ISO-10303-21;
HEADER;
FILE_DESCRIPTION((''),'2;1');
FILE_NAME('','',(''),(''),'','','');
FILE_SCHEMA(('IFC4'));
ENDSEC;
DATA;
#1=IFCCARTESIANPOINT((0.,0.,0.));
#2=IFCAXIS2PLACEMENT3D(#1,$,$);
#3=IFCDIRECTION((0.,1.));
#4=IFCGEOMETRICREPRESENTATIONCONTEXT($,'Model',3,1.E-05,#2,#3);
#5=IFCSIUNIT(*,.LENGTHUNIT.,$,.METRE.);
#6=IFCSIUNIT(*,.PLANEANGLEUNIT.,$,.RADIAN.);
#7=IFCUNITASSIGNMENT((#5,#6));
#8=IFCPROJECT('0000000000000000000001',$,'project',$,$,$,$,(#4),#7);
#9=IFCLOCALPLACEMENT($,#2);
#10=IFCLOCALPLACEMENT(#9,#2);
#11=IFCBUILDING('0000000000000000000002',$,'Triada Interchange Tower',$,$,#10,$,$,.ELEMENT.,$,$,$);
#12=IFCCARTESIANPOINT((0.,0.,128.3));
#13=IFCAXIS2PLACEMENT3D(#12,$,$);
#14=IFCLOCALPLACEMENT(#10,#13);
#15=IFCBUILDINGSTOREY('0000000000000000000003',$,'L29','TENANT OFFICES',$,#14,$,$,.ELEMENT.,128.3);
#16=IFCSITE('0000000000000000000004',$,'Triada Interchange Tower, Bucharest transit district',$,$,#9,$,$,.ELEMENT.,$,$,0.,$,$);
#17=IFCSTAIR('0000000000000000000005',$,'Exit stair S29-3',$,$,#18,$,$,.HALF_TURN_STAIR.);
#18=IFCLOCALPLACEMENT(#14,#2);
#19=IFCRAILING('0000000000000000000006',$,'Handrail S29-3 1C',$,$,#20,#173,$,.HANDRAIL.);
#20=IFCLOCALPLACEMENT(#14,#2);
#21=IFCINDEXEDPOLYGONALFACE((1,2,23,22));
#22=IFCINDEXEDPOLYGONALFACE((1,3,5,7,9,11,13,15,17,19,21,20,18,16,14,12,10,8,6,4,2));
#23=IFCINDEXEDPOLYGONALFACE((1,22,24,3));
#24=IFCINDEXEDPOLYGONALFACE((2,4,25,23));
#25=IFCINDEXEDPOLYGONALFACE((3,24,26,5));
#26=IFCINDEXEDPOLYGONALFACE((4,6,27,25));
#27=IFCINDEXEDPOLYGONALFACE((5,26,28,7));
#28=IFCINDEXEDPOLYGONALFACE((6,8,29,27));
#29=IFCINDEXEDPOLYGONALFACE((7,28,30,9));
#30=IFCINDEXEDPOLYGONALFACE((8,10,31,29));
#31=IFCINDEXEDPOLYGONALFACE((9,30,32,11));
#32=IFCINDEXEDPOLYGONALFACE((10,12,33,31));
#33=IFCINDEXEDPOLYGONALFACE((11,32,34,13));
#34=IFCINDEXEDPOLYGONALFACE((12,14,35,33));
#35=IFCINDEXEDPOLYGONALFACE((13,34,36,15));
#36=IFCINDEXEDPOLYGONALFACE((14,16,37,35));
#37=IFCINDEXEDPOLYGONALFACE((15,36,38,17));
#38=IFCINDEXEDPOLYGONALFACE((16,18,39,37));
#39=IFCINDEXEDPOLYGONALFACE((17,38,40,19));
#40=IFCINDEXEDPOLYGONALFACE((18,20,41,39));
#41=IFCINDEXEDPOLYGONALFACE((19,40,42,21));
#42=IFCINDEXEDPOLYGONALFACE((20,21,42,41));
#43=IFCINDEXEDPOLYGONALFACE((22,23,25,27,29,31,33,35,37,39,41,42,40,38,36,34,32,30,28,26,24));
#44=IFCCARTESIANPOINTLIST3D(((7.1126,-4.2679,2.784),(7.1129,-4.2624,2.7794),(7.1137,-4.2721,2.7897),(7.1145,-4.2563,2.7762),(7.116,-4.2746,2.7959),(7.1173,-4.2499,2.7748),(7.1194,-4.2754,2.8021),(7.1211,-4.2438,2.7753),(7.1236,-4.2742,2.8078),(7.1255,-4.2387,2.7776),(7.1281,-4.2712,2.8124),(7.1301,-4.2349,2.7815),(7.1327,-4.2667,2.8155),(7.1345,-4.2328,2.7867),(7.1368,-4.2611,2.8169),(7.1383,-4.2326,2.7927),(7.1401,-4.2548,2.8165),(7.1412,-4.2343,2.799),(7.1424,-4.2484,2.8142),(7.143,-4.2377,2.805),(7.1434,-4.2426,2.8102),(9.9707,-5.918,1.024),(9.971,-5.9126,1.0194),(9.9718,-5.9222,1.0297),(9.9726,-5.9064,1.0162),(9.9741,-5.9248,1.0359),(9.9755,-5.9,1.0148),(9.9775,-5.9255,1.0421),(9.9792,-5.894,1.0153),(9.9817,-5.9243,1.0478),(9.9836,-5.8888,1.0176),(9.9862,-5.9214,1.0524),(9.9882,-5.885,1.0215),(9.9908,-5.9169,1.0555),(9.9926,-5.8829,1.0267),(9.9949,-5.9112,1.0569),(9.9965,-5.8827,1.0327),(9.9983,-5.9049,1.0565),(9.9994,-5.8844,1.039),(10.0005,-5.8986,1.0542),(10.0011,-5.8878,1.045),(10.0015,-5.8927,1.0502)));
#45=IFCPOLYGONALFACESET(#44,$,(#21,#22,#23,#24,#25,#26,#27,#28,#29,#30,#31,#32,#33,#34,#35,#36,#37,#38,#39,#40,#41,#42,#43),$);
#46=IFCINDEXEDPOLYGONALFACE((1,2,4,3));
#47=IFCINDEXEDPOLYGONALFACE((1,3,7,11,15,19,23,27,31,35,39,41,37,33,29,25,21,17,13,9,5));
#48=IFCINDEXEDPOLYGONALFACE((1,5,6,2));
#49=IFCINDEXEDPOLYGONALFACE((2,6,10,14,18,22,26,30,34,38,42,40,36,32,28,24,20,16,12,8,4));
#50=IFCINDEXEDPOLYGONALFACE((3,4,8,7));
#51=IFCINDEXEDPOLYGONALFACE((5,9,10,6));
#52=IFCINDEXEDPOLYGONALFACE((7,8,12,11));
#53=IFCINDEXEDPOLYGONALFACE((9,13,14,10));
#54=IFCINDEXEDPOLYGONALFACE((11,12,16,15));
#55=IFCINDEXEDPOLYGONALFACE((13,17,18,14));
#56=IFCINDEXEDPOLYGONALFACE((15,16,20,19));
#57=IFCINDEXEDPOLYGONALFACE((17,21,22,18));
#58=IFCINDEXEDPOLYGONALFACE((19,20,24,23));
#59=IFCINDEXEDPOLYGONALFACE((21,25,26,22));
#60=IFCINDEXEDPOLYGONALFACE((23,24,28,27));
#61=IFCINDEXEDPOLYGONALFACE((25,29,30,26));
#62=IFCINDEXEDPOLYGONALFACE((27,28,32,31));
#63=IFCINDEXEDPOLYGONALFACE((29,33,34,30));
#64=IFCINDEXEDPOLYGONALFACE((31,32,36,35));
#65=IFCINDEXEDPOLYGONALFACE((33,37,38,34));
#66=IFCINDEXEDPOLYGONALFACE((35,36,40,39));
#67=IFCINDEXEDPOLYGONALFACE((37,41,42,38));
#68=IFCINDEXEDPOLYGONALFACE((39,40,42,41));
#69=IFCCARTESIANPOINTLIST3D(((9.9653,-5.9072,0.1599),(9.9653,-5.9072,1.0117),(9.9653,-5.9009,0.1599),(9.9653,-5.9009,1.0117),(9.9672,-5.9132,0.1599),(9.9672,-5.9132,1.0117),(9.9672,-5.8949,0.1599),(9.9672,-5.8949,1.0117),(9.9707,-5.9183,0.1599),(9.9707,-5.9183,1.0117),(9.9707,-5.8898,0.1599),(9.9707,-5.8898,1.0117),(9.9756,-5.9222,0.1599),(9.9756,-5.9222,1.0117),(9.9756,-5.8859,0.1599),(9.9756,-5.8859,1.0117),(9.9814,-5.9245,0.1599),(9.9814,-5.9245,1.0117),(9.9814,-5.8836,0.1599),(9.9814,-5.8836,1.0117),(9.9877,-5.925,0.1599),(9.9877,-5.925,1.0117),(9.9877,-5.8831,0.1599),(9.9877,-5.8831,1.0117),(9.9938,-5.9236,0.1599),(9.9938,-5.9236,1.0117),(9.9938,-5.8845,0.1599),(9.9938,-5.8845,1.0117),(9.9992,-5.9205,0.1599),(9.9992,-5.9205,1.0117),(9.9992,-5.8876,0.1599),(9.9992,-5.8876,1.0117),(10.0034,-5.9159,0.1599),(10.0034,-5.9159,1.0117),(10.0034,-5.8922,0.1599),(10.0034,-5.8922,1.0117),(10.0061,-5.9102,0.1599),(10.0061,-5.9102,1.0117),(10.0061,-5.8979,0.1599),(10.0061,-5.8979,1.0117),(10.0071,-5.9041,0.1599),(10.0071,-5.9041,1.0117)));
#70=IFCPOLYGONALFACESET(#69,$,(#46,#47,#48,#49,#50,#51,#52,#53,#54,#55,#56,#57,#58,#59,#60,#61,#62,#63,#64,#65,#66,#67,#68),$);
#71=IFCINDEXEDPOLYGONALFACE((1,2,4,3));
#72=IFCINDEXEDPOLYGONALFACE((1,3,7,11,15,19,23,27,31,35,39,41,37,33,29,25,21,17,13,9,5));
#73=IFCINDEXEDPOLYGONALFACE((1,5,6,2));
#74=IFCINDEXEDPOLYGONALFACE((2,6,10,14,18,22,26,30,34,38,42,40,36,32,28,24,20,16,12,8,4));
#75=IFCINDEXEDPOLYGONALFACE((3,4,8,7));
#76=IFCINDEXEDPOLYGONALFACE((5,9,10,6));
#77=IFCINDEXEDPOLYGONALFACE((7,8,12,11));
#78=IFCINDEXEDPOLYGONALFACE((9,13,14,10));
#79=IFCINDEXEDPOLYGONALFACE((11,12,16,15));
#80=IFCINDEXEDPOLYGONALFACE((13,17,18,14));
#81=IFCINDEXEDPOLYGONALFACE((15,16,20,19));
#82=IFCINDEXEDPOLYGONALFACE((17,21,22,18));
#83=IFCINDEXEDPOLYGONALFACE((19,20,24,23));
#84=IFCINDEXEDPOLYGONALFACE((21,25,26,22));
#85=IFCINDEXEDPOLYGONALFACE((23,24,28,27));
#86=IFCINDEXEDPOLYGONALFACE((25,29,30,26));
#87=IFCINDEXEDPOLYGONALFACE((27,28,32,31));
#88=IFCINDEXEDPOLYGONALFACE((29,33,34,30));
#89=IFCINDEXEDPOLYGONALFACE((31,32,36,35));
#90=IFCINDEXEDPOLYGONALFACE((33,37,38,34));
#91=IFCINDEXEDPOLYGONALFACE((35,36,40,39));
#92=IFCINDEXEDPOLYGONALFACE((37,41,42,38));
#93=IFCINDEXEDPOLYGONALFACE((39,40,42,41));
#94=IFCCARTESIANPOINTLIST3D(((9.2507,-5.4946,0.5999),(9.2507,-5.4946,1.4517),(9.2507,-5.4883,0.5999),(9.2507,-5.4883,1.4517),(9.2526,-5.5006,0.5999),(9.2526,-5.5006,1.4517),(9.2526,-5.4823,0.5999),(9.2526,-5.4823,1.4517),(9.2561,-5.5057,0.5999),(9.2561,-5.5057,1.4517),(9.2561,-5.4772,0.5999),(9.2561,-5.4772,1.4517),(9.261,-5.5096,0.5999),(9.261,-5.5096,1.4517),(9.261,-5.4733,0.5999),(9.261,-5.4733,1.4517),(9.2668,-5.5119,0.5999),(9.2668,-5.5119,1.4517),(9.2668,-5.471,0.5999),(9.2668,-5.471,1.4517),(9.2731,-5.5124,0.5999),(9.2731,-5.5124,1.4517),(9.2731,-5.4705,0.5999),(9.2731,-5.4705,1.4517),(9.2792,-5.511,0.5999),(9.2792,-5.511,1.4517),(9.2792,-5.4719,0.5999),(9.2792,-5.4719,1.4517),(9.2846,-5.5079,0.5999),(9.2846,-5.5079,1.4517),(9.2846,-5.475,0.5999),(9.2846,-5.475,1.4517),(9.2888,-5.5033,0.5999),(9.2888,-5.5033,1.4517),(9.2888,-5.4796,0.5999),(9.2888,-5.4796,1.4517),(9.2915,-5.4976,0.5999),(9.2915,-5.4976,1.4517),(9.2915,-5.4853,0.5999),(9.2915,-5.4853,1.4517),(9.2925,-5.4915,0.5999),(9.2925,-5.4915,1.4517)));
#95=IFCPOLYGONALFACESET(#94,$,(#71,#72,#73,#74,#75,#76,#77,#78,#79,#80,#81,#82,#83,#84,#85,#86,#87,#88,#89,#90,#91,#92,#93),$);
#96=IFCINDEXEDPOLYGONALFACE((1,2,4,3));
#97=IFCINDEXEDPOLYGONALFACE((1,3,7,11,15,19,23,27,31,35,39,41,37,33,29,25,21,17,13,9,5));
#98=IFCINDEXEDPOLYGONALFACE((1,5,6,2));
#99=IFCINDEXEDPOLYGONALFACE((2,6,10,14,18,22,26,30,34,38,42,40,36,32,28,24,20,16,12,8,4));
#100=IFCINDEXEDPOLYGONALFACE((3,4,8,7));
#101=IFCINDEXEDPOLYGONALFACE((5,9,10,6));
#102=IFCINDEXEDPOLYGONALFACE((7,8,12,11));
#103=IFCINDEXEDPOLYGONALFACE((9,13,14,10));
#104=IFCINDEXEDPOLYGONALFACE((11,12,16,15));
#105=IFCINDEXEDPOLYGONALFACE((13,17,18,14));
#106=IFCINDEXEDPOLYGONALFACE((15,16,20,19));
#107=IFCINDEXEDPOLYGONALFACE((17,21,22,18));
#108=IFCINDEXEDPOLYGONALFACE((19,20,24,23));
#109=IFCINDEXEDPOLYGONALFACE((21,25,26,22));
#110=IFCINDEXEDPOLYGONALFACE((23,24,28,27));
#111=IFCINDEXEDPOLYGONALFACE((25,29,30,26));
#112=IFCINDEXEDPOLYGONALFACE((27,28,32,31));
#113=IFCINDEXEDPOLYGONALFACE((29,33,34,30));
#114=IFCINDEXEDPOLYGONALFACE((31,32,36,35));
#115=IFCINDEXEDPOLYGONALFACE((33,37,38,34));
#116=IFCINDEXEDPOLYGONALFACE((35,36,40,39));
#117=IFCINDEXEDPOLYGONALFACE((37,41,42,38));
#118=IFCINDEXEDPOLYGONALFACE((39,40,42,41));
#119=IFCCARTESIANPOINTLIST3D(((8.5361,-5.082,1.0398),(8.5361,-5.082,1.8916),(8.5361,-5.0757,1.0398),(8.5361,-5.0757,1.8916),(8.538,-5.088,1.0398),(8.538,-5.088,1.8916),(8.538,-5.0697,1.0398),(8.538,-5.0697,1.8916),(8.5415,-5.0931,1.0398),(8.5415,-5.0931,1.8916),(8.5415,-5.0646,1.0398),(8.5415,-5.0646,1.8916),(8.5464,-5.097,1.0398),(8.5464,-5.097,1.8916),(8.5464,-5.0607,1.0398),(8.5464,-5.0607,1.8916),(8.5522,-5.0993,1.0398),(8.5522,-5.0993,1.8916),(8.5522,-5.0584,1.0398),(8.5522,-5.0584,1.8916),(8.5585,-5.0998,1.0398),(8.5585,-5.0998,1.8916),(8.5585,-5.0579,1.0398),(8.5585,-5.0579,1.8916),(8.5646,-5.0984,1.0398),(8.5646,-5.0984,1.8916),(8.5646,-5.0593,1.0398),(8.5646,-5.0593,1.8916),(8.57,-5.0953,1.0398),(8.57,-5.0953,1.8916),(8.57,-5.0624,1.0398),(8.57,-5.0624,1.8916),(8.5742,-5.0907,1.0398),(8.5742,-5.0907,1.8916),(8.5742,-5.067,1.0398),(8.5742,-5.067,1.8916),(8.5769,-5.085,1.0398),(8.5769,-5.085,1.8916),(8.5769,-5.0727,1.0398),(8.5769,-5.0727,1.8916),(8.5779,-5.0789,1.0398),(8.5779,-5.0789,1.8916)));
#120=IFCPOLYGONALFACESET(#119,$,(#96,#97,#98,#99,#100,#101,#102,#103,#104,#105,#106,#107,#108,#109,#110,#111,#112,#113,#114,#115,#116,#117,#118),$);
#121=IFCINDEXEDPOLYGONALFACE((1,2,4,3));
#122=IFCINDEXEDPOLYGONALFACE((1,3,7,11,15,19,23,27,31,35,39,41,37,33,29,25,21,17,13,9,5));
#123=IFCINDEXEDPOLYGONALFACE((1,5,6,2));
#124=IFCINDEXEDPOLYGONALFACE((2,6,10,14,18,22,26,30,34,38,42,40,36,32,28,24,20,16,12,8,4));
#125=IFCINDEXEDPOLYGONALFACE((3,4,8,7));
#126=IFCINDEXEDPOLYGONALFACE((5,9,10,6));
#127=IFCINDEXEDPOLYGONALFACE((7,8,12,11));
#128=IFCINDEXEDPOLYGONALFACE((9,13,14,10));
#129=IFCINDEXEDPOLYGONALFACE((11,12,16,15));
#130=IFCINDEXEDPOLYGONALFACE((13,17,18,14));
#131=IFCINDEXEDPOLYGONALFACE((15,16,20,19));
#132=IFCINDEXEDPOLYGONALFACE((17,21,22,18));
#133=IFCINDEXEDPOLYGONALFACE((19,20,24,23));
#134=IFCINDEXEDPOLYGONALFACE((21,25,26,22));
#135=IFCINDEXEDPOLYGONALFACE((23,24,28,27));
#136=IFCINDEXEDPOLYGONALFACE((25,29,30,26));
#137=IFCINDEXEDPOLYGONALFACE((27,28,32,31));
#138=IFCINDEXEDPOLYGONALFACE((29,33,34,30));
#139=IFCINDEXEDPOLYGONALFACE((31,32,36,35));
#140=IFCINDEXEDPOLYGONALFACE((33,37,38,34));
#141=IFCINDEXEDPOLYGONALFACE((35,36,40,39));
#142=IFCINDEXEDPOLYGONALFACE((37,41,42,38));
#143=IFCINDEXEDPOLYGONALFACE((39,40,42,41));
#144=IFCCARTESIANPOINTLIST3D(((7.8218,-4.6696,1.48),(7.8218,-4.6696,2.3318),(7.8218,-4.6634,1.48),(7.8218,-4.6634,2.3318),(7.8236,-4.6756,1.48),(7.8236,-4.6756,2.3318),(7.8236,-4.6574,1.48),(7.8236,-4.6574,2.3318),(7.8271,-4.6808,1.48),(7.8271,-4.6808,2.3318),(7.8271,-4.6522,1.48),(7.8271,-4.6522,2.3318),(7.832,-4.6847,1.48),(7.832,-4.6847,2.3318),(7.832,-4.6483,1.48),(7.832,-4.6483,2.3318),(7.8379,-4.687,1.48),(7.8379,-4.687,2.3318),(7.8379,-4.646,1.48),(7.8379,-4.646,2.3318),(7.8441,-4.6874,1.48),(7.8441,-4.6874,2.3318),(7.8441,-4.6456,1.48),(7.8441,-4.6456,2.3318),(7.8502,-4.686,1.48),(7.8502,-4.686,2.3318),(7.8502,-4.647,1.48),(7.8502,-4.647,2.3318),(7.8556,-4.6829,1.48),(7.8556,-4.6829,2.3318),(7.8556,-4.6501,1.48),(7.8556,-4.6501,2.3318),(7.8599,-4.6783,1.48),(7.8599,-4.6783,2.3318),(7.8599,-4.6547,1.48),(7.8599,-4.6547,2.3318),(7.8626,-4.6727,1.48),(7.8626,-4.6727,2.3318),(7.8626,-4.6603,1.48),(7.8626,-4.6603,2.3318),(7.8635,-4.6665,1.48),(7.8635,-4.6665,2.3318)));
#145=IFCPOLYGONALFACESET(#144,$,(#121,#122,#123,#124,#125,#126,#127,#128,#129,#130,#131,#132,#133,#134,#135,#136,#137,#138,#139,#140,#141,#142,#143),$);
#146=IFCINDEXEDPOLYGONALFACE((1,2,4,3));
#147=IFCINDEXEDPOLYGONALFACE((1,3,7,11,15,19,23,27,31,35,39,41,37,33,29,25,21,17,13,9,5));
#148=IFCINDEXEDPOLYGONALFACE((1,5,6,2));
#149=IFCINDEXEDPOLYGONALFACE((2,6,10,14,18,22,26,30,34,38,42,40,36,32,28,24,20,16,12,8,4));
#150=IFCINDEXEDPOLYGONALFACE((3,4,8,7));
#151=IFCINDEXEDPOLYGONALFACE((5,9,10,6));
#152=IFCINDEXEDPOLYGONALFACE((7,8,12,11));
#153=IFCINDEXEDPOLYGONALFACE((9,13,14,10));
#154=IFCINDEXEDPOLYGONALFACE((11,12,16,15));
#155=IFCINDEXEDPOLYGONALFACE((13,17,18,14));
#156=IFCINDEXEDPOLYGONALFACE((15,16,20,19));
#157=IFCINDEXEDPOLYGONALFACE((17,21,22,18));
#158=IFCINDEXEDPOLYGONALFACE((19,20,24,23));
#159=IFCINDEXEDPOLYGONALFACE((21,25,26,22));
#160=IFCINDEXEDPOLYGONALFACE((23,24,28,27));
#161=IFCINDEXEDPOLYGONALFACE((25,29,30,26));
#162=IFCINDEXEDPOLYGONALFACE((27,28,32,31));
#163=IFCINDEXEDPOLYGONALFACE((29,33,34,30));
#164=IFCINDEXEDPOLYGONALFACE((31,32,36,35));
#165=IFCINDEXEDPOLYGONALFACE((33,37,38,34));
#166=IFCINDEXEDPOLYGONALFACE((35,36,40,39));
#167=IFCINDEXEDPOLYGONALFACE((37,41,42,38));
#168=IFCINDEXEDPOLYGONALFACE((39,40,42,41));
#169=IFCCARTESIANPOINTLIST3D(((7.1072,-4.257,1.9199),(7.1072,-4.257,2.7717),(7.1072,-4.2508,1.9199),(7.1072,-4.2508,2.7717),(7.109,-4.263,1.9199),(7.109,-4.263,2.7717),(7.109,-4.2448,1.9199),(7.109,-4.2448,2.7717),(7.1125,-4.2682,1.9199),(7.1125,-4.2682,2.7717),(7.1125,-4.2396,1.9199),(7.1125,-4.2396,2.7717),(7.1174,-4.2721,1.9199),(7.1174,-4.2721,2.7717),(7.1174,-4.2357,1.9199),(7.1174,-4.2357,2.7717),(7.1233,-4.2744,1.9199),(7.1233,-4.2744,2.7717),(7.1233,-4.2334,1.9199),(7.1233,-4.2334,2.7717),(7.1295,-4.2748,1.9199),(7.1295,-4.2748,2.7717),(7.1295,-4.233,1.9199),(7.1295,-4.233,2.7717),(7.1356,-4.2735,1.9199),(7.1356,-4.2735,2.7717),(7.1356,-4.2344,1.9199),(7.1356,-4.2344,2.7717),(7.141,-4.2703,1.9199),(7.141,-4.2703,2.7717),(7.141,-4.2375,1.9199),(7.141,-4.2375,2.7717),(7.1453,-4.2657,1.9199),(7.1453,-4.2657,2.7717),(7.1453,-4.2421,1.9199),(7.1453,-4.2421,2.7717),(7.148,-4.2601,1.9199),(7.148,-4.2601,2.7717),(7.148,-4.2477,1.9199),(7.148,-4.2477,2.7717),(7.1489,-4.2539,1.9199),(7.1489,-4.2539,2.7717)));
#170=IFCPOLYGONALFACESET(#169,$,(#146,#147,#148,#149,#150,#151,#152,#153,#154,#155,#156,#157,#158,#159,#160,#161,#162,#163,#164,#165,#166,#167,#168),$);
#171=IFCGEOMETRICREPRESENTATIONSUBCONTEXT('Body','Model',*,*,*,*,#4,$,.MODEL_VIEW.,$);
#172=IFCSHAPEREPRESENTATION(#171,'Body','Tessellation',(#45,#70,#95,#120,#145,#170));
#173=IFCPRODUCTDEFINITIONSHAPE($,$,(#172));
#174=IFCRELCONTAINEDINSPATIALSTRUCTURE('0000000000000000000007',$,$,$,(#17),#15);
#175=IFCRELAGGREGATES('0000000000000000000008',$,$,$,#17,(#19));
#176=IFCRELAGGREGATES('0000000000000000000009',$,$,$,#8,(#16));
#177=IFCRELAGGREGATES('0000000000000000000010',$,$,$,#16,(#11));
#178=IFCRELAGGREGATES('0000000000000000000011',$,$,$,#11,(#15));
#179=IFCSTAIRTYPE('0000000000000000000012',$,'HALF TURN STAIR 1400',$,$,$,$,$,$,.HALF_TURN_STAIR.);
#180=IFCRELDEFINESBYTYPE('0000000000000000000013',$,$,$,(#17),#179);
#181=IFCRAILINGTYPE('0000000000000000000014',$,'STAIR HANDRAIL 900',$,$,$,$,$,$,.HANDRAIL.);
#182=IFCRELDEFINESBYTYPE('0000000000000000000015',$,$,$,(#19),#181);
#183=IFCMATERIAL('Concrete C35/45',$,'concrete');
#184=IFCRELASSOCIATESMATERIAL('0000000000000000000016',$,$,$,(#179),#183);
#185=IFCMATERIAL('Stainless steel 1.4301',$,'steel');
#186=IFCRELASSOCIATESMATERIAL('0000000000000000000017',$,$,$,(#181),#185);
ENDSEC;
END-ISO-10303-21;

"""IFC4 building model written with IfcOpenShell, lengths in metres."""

from ifc_helpers import new_model, si_unit, direction, frame, origin, origin_2d, place, context, subcontext, project, spatial, circle, extrude, material, type_object, element, aggregate, save


model = new_model("IFC4")

# Units and contexts
model_context = context("Model", 3, precision=1e-05, world=origin(), true_north=direction((0.0, 1.0)))
body_context = subcontext(model_context, "Body", "Model", "MODEL_VIEW")
ifc_project = project(units=[si_unit("LENGTHUNIT", "METRE"), si_unit("PLANEANGLEUNIT", "RADIAN")], contexts=[model_context])

# Site, building, storey
site_placement = place(None, origin())
site = spatial("IfcSite", under=ifc_project, at=site_placement, Name="Triada Interchange Tower, Bucharest transit district", CompositionType="ELEMENT", RefElevation=0.0)
building_placement = place(site_placement, origin())
building = spatial("IfcBuilding", under=site, at=building_placement, Name="Triada Interchange Tower", CompositionType="ELEMENT")
storey_placement = place(building_placement, frame((0.0, 0.0, 128.3)))
storey = spatial("IfcBuildingStorey", under=building, at=storey_placement, Name="L29", Description="TENANT OFFICES", CompositionType="ELEMENT", Elevation=128.3)

# Stair, railing
ifc_material_1 = material(Name="Concrete C35/45", Category="concrete")
stair_type = type_object("IfcStairType", Name="HALF TURN STAIR 1400", PredefinedType="HALF_TURN_STAIR", material=ifc_material_1)
stair_placement = place(storey_placement, origin())
stair = element("IfcStair", 1, at=stair_placement, inside=storey, type_object=stair_type, Name="Exit stair S29-3", PredefinedType="HALF_TURN_STAIR")
ifc_material_2 = material(Name="Stainless steel 1.4301", Category="steel")
railing_type = type_object("IfcRailingType", Name="STAIR HANDRAIL 900", PredefinedType="HANDRAIL", material=ifc_material_2)
railing_1_placement = place(storey_placement, frame((9.9861, -5.9041, 0.1599)))
railing_1 = element("IfcRailing", 2, at=railing_1_placement, type_object=railing_type, Name="Handrail S29-3 1C", PredefinedType="HANDRAIL", context=body_context, shape_type="SweptSolid", body=[
    extrude(circle(Radius=0.0239, at=origin_2d()), frame((0.0, 0.0, 0.876), z_axis=(-0.764156, 0.441183, 0.470556), x_axis=(-0.499998, -0.866027, 0.0)), (0.0, 0.0, 1.0), 3.7402),
    extrude(circle(Radius=0.021, at=origin_2d()), origin(), (0.0, 0.0, 1.0), 0.8518),
    extrude(circle(Radius=0.021, at=origin_2d()), frame((-0.7146, 0.4126, 0.4399)), (0.0, 0.0, 1.0), 0.8518),
    extrude(circle(Radius=0.021, at=origin_2d()), frame((-1.4292, 0.8252, 0.8799)), (0.0, 0.0, 1.0), 0.8518),
    extrude(circle(Radius=0.021, at=origin_2d()), frame((-2.1436, 1.2375, 1.3201)), (0.0, 0.0, 1.0), 0.8518),
    extrude(circle(Radius=0.021, at=origin_2d()), frame((-2.8582, 1.6501, 1.76)), (0.0, 0.0, 1.0), 0.8518),
])
aggregate(stair, [railing_1])

save(model, "model.ifc")
